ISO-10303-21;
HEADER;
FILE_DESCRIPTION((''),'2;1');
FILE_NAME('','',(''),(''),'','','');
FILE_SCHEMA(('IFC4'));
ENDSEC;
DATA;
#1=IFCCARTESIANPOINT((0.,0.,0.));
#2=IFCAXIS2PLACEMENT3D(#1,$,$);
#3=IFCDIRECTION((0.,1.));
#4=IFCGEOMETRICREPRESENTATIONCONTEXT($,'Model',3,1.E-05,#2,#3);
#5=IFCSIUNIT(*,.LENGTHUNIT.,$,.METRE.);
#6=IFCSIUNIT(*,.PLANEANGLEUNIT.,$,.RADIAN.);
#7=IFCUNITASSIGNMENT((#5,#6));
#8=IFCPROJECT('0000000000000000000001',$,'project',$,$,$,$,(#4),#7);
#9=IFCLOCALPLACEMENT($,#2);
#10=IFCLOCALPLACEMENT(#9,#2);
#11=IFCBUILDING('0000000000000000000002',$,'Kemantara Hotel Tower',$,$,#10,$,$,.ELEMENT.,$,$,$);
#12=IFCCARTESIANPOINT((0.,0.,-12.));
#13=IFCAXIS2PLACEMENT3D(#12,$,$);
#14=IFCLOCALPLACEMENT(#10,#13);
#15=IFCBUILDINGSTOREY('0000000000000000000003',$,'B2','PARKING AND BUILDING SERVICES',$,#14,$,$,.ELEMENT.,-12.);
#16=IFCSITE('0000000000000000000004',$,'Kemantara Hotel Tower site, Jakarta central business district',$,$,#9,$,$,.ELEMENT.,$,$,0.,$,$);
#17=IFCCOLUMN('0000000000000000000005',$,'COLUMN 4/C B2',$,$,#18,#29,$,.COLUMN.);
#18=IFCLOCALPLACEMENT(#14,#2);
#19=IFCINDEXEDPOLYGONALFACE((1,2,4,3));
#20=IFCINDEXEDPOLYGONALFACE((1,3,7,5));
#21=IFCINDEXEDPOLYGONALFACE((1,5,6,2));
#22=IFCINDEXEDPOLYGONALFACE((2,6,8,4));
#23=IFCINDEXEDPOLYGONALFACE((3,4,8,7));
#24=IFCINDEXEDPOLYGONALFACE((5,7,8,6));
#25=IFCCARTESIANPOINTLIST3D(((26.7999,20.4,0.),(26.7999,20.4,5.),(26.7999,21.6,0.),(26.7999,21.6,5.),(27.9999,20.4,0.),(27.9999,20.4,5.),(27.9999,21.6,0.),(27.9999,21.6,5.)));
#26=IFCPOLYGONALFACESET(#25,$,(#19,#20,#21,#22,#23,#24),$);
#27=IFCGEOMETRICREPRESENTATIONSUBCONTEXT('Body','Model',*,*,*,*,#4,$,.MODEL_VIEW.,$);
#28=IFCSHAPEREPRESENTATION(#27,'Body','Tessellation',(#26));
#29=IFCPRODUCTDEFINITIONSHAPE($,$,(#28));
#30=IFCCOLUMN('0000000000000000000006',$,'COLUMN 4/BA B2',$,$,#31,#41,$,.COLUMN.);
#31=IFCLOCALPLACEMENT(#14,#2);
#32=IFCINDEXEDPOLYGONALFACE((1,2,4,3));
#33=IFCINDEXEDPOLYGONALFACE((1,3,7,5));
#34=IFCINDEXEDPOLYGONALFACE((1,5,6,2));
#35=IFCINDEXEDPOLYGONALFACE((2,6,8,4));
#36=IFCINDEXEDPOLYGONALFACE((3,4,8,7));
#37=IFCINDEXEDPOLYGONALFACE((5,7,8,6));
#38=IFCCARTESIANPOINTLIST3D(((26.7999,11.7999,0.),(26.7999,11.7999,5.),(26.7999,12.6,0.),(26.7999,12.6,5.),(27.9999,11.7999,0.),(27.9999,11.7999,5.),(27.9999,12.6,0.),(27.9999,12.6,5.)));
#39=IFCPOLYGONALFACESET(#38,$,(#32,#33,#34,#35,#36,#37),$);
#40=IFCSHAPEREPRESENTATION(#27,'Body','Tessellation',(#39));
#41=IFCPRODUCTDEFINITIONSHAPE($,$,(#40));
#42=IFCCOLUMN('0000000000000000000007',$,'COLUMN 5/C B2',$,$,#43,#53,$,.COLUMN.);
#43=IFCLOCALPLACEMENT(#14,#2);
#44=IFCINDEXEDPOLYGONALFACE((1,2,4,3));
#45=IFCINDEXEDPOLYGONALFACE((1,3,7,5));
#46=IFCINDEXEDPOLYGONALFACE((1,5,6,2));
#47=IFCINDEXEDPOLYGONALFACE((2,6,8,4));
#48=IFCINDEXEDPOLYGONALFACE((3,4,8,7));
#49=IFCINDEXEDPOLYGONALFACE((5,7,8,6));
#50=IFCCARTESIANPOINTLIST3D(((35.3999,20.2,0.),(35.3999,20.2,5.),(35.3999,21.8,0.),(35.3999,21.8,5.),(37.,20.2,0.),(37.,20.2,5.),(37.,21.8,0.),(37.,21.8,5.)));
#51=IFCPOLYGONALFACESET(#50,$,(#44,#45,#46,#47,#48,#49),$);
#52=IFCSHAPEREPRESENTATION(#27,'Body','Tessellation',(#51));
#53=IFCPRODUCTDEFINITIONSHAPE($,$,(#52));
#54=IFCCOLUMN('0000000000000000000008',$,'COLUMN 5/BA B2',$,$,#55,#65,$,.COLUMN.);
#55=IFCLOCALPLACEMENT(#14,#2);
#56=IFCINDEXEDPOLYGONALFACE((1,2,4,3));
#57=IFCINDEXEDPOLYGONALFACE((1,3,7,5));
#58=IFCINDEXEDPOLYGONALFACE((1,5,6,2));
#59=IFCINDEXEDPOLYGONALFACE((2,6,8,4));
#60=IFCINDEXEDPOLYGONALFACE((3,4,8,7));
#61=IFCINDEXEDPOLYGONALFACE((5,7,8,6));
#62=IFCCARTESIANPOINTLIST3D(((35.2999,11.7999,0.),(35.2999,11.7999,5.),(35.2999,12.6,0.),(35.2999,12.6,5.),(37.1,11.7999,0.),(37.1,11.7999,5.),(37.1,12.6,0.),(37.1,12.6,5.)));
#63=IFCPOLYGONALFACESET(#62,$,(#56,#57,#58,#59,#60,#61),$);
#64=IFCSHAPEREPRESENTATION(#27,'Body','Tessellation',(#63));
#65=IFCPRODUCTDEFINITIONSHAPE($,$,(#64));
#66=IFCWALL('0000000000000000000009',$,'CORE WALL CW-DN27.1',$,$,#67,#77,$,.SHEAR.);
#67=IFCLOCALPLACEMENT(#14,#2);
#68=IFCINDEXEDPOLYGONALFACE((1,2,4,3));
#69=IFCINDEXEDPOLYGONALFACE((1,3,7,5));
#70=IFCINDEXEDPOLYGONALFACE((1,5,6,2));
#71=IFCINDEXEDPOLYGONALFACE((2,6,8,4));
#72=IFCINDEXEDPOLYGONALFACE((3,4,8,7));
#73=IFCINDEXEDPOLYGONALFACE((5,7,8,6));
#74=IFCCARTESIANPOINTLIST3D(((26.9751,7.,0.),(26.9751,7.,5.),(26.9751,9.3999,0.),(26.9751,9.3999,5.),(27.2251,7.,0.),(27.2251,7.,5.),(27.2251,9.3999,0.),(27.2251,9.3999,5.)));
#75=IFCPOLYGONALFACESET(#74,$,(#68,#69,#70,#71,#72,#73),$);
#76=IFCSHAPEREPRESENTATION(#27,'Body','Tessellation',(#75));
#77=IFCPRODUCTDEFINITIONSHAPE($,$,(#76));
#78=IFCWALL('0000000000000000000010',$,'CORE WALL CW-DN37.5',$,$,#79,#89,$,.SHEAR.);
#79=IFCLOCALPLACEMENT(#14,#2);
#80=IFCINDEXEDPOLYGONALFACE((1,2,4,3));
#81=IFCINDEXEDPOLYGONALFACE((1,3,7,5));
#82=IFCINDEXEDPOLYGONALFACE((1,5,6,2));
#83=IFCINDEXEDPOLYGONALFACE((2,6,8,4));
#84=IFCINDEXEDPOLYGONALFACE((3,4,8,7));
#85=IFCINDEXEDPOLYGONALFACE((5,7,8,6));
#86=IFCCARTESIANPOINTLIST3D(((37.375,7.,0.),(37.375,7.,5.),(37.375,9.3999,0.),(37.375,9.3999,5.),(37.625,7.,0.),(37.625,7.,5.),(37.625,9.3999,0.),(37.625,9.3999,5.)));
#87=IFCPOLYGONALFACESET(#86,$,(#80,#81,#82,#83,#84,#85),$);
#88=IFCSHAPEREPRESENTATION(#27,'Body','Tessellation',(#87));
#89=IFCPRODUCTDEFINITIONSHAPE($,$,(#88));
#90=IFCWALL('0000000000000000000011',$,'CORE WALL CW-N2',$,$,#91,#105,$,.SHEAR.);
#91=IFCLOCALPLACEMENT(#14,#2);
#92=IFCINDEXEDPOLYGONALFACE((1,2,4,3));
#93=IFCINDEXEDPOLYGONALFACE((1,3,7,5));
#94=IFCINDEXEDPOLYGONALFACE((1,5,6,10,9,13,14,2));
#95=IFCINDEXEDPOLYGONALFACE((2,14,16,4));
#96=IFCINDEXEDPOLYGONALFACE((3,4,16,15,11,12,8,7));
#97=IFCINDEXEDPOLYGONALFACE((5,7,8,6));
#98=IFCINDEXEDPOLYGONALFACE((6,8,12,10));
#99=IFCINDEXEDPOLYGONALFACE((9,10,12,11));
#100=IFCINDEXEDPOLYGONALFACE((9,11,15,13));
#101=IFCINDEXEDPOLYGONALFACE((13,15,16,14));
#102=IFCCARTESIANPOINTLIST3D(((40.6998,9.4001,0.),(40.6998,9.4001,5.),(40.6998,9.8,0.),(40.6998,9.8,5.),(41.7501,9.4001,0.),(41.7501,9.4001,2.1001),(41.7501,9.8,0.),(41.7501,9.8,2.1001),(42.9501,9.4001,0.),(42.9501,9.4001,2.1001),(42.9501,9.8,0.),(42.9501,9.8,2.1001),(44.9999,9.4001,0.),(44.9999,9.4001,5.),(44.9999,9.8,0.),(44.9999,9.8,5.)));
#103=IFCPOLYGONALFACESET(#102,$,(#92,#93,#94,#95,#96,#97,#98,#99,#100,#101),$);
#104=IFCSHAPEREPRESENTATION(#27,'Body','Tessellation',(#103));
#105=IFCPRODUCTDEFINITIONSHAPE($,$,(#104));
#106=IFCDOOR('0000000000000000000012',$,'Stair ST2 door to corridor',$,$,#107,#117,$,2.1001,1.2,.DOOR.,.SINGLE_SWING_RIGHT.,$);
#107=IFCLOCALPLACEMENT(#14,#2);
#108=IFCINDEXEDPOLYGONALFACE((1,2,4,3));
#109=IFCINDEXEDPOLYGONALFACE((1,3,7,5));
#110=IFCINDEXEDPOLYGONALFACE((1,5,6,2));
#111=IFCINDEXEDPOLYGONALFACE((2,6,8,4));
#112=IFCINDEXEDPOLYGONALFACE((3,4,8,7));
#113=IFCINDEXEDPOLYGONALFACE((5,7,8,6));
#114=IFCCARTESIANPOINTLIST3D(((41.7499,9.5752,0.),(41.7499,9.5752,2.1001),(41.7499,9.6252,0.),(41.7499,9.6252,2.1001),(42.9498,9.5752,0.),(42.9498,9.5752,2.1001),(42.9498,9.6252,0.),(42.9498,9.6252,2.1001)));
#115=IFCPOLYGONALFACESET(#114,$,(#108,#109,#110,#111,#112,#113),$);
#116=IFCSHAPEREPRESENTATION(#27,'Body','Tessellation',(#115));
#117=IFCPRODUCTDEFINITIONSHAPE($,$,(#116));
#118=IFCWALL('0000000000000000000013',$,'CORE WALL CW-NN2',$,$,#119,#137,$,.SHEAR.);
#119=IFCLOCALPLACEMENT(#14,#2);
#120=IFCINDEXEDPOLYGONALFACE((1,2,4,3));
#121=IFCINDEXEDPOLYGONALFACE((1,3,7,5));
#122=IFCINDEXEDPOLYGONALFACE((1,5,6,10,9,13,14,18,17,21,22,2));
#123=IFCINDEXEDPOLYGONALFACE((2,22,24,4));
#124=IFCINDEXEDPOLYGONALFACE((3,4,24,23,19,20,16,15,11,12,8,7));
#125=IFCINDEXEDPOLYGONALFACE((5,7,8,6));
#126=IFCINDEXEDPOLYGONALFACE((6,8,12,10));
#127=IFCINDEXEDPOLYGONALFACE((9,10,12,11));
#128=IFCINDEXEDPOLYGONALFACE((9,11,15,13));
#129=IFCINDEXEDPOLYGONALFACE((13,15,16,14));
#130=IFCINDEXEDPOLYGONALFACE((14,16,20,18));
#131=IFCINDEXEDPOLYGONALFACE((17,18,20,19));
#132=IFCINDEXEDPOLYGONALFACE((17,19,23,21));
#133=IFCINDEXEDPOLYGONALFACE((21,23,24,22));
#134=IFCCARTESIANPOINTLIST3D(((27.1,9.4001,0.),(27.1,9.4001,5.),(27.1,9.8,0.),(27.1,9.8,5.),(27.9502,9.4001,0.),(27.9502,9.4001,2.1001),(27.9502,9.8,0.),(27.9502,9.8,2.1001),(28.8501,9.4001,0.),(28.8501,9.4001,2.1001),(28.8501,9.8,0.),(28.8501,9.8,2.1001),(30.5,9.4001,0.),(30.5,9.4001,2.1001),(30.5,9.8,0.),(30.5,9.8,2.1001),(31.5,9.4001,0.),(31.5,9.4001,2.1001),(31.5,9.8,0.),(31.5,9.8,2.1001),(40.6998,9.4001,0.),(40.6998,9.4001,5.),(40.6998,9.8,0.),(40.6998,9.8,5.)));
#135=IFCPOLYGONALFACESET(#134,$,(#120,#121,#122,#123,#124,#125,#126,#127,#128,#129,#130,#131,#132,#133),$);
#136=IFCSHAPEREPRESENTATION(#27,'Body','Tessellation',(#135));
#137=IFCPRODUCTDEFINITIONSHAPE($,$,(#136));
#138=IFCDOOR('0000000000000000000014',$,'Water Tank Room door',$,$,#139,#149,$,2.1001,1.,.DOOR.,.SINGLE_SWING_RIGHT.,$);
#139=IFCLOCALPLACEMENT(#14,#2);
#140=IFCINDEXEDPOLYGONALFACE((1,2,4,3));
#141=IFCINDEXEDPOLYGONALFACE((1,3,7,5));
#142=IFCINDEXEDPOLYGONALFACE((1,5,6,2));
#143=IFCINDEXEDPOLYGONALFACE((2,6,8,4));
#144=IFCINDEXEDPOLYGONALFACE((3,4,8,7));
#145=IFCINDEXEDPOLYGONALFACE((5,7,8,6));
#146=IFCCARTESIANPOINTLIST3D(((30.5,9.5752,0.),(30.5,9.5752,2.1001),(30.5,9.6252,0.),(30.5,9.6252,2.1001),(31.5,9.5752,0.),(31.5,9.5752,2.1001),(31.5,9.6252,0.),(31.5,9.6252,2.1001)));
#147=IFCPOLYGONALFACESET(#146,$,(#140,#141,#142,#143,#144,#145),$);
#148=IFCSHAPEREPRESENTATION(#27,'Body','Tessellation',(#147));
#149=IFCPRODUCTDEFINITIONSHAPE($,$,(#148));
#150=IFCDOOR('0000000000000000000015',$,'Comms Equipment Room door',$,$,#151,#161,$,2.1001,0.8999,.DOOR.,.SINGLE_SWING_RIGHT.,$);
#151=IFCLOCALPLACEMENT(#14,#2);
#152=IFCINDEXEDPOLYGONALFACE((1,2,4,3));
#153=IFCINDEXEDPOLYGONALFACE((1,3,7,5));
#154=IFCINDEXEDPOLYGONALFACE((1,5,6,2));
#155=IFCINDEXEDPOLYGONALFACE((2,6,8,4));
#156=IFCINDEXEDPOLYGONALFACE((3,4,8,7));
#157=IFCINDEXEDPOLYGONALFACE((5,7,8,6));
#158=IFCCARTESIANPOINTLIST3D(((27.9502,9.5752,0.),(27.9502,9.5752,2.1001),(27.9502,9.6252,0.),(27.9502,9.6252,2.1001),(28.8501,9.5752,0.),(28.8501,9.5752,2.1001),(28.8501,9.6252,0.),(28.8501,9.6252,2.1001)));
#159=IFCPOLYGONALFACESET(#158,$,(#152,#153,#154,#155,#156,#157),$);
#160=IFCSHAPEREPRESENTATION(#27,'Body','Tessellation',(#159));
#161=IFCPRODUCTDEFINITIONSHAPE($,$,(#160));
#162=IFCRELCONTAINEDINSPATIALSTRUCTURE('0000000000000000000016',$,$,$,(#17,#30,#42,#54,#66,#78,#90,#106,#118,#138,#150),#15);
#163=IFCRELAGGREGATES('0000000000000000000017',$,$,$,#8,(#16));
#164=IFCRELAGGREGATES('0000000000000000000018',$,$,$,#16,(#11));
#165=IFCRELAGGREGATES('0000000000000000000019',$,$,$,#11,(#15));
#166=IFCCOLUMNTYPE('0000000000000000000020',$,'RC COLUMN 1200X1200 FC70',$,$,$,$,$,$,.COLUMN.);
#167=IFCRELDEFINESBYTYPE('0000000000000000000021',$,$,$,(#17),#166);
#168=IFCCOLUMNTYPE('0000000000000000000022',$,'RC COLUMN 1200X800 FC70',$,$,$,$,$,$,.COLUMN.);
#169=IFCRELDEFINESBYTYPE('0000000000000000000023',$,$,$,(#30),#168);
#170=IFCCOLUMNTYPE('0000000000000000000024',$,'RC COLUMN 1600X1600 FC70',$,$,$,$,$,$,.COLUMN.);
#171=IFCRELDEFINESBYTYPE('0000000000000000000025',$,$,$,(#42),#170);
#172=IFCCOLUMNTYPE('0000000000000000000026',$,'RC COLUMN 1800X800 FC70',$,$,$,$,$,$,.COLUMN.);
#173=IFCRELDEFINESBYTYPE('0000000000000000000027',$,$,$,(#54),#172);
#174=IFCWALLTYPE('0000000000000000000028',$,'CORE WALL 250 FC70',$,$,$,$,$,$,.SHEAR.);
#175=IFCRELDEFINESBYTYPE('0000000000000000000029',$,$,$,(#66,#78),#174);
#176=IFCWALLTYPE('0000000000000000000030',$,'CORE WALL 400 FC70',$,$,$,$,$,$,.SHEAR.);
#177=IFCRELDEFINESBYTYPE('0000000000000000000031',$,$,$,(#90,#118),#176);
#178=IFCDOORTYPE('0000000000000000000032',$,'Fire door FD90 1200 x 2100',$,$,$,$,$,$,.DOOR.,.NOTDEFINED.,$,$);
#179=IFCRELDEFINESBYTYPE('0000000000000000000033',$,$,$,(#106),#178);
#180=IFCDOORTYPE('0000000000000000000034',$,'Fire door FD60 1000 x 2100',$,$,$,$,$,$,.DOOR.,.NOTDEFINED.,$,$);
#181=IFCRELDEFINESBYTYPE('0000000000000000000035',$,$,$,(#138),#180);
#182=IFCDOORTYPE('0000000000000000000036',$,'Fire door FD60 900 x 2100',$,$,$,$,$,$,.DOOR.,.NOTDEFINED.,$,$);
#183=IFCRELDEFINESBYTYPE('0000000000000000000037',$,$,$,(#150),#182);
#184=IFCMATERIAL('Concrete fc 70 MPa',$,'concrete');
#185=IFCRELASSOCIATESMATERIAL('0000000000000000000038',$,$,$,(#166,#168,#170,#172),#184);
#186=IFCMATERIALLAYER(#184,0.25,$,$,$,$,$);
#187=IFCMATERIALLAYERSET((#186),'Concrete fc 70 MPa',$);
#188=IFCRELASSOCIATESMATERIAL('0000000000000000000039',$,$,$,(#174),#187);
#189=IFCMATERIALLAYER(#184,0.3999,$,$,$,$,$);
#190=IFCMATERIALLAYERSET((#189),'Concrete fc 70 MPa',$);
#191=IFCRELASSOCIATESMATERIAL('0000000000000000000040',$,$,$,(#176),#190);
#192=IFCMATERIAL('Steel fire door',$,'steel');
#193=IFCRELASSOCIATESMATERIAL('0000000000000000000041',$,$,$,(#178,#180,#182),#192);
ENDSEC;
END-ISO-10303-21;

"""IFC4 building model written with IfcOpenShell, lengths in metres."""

from ifc_helpers import new_model, si_unit, direction, frame, frame_2d, origin, origin_2d, place, context, subcontext, project, spatial, rectangle, extrude, material, layer, layer_set, material_profile, profile_set, type_object, element, fill, save


model = new_model("IFC4")

# Units and contexts
model_context = context("Model", 3, precision=1e-05, world=origin(), true_north=direction((0.0, 1.0)))
body_context = subcontext(model_context, "Body", "Model", "MODEL_VIEW")
ifc_project = project(units=[si_unit("LENGTHUNIT", "METRE"), si_unit("PLANEANGLEUNIT", "RADIAN")], contexts=[model_context])

# Site, building, storey
site_placement = place(None, origin())
site = spatial("IfcSite", under=ifc_project, at=site_placement, Name="Kemantara Hotel Tower site, Jakarta central business district", CompositionType="ELEMENT", RefElevation=0.0)
building_placement = place(site_placement, origin())
building = spatial("IfcBuilding", under=site, at=building_placement, Name="Kemantara Hotel Tower", CompositionType="ELEMENT")
storey_placement = place(building_placement, frame((0.0, 0.0, -12.0)))
storey = spatial("IfcBuildingStorey", under=building, at=storey_placement, Name="B2", Description="PARKING AND BUILDING SERVICES", CompositionType="ELEMENT", Elevation=-12.0)

# Columns
ifc_material_1 = material(Name="Concrete fc 70 MPa", Category="concrete")
ifc_material_profile_1 = material_profile(ifc_material_1, rectangle(XDim=1.2, YDim=1.2, at=origin_2d()), Name="RC 1200X1200")
ifc_profile_set_1 = profile_set([ifc_material_profile_1], Name="Concrete fc 70 MPa")
column_type_1 = type_object("IfcColumnType", Name="RC COLUMN 1200X1200 FC70", PredefinedType="COLUMN", material=ifc_profile_set_1)
column_1_placement = place(storey_placement, frame((27.3999, 21.0, 0.0), z_axis=(0.0, 0.0, 1.0), x_axis=(1.0, 0.0, 0.0)))
element("IfcColumn", 1, at=column_1_placement, inside=storey, type_object=column_type_1, Name="COLUMN 4/C B2", PredefinedType="COLUMN", context=body_context, shape_type="SweptSolid", body=[
    extrude(rectangle(XDim=1.2, YDim=1.2, at=origin_2d()), origin(), (0.0, 0.0, 1.0), 5.0),
])
ifc_material_profile_2 = material_profile(ifc_material_1, rectangle(XDim=1.2, YDim=0.8, at=origin_2d()), Name="RC 1200X800")
ifc_profile_set_2 = profile_set([ifc_material_profile_2], Name="Concrete fc 70 MPa")
column_type_2 = type_object("IfcColumnType", Name="RC COLUMN 1200X800 FC70", PredefinedType="COLUMN", material=ifc_profile_set_2)
column_2_placement = place(storey_placement, frame((27.3999, 12.2, 0.0), z_axis=(0.0, 0.0, 1.0), x_axis=(1.0, 0.0, 0.0)))
element("IfcColumn", 2, at=column_2_placement, inside=storey, type_object=column_type_2, Name="COLUMN 4/BA B2", PredefinedType="COLUMN", context=body_context, shape_type="SweptSolid", body=[
    extrude(rectangle(XDim=1.2, YDim=0.8, at=origin_2d()), origin(), (0.0, 0.0, 1.0), 5.0),
])
ifc_material_profile_3 = material_profile(ifc_material_1, rectangle(XDim=1.6001, YDim=1.6001, at=origin_2d()), Name="RC 1600X1600")
ifc_profile_set_3 = profile_set([ifc_material_profile_3], Name="Concrete fc 70 MPa")
column_type_3 = type_object("IfcColumnType", Name="RC COLUMN 1600X1600 FC70", PredefinedType="COLUMN", material=ifc_profile_set_3)
column_3_placement = place(storey_placement, frame((36.2, 21.0, 0.0), z_axis=(0.0, 0.0, 1.0), x_axis=(1.0, 0.0, 0.0)))
element("IfcColumn", 3, at=column_3_placement, inside=storey, type_object=column_type_3, Name="COLUMN 5/C B2", PredefinedType="COLUMN", context=body_context, shape_type="SweptSolid", body=[
    extrude(rectangle(XDim=1.6001, YDim=1.6001, at=origin_2d()), origin(), (0.0, 0.0, 1.0), 5.0),
])
ifc_material_profile_4 = material_profile(ifc_material_1, rectangle(XDim=1.8, YDim=0.8, at=origin_2d()), Name="RC 1800X800")
ifc_profile_set_4 = profile_set([ifc_material_profile_4], Name="Concrete fc 70 MPa")
column_type_4 = type_object("IfcColumnType", Name="RC COLUMN 1800X800 FC70", PredefinedType="COLUMN", material=ifc_profile_set_4)
column_4_placement = place(storey_placement, frame((36.2, 12.2, 0.0), z_axis=(0.0, 0.0, 1.0), x_axis=(1.0, 0.0, 0.0)))
element("IfcColumn", 4, at=column_4_placement, inside=storey, type_object=column_type_4, Name="COLUMN 5/BA B2", PredefinedType="COLUMN", context=body_context, shape_type="SweptSolid", body=[
    extrude(rectangle(XDim=1.8, YDim=0.8, at=origin_2d()), origin(), (0.0, 0.0, 1.0), 5.0),
])

# Walls
ifc_layer_1 = layer(ifc_material_1, 0.25)
ifc_layer_set_1 = layer_set([ifc_layer_1], Name="Concrete fc 70 MPa")
wall_type_1 = type_object("IfcWallType", Name="CORE WALL 250 FC70", PredefinedType="SHEAR", material=ifc_layer_set_1)
for number, where, z_axis, x_axis, name in (
    (5, (27.1001, 7.0, 0.0), (0.0, 0.0, 1.0), (0.0, 1.0, 0.0), "CORE WALL CW-DN27.1"),
    (6, (37.5, 7.0, 0.0), (0.0, 0.0, 1.0), (0.0, 1.0, 0.0), "CORE WALL CW-DN37.5"),
):
    element("IfcWall", number, at=place(storey_placement, frame(where, z_axis=z_axis, x_axis=x_axis)), inside=storey, type_object=wall_type_1, Name=name, PredefinedType="SHEAR", context=body_context, shape_type="SweptSolid", body=[
        extrude(rectangle(XDim=2.3999, YDim=0.25, at=frame_2d((1.2, 0.0))), origin(), (0.0, 0.0, 1.0), 5.0),
    ])

# Wall, opening, door
ifc_layer_2 = layer(ifc_material_1, 0.3999)
ifc_layer_set_2 = layer_set([ifc_layer_2], Name="Concrete fc 70 MPa")
wall_type_2 = type_object("IfcWallType", Name="CORE WALL 400 FC70", PredefinedType="SHEAR", material=ifc_layer_set_2)
wall_1_placement = place(storey_placement, frame((40.7, 9.6001, 0.0), z_axis=(0.0, 0.0, 1.0), x_axis=(1.0, 0.0, 0.0)))
wall_1 = element("IfcWall", 7, at=wall_1_placement, inside=storey, type_object=wall_type_2, Name="CORE WALL CW-N2", PredefinedType="SHEAR", context=body_context, shape_type="SweptSolid", body=[
    extrude(rectangle(XDim=4.3, YDim=0.3999, at=frame_2d((2.1499, 0.0))), origin(), (0.0, 0.0, 1.0), 5.0),
])
opening_1_placement = place(wall_1_placement, frame((1.05, 0.0, 0.0)))
opening_1 = element("IfcOpeningElement", 8, at=opening_1_placement, cuts=wall_1, PredefinedType="OPENING", context=body_context, shape_type="SweptSolid", body=[
    extrude(rectangle(XDim=1.2, YDim=2.1001, at=frame_2d((0.6001, 1.05))), frame((0.0, 0.21, 0.0), z_axis=(0.0, -1.0, 0.0), x_axis=(1.0, 0.0, 0.0)), (0.0, 0.0, 1.0), 0.4199),
])
ifc_material_2 = material(Name="Steel fire door", Category="steel")
door_type_1 = type_object("IfcDoorType", Name="Fire door FD90 1200 x 2100", OperationType="NOTDEFINED", PredefinedType="DOOR", material=ifc_material_2)
door_1_placement = place(opening_1_placement, frame((1.2, 0.0, 0.0), z_axis=(0.0, 0.0, 1.0), x_axis=(-1.0, 0.0, 0.0)))
door_1 = element("IfcDoor", 9, at=door_1_placement, inside=storey, type_object=door_type_1, Name="Stair ST2 door to corridor", OperationType="SINGLE_SWING_RIGHT", OverallHeight=2.1001, OverallWidth=1.2, PredefinedType="DOOR", context=body_context, shape_type="SweptSolid", body=[
    extrude(rectangle(XDim=1.2, YDim=2.1001, at=frame_2d((0.6001, 1.05))), frame((0.0, 0.0249, 0.0), z_axis=(0.0, -1.0, 0.0), x_axis=(1.0, 0.0, 0.0)), (0.0, 0.0, 1.0), 0.05),
])
fill(opening_1, door_1)

# Wall, openings, doors
wall_2_placement = place(storey_placement, frame((27.1001, 9.6001, 0.0), z_axis=(0.0, 0.0, 1.0), x_axis=(1.0, 0.0, 0.0)))
wall_2 = element("IfcWall", 10, at=wall_2_placement, inside=storey, type_object=wall_type_2, Name="CORE WALL CW-NN2", PredefinedType="SHEAR", context=body_context, shape_type="SweptSolid", body=[
    extrude(rectangle(XDim=13.5999, YDim=0.3999, at=frame_2d((6.7998, 0.0))), origin(), (0.0, 0.0, 1.0), 5.0),
])
opening_2_placement = place(wall_2_placement, frame((0.8501, 0.0, 0.0)))
opening_2 = element("IfcOpeningElement", 11, at=opening_2_placement, cuts=wall_2, PredefinedType="OPENING", context=body_context, shape_type="SweptSolid", body=[
    extrude(rectangle(XDim=0.8999, YDim=2.1001, at=frame_2d((0.45, 1.05))), frame((0.0, 0.21, 0.0), z_axis=(0.0, -1.0, 0.0), x_axis=(1.0, 0.0, 0.0)), (0.0, 0.0, 1.0), 0.4199),
])
opening_3_placement = place(wall_2_placement, frame((3.3999, 0.0, 0.0)))
opening_3 = element("IfcOpeningElement", 12, at=opening_3_placement, cuts=wall_2, PredefinedType="OPENING", context=body_context, shape_type="SweptSolid", body=[
    extrude(rectangle(XDim=1.0, YDim=2.1001, at=frame_2d((0.5, 1.05))), frame((0.0, 0.21, 0.0), z_axis=(0.0, -1.0, 0.0), x_axis=(1.0, 0.0, 0.0)), (0.0, 0.0, 1.0), 0.4199),
])
door_type_2 = type_object("IfcDoorType", Name="Fire door FD60 1000 x 2100", OperationType="NOTDEFINED", PredefinedType="DOOR", material=ifc_material_2)
door_2_placement = place(opening_3_placement, frame((1.0, 0.0, 0.0), z_axis=(0.0, 0.0, 1.0), x_axis=(-1.0, 0.0, 0.0)))
door_2 = element("IfcDoor", 13, at=door_2_placement, inside=storey, type_object=door_type_2, Name="Water Tank Room door", OperationType="SINGLE_SWING_RIGHT", OverallHeight=2.1001, OverallWidth=1.0, PredefinedType="DOOR", context=body_context, shape_type="SweptSolid", body=[
    extrude(rectangle(XDim=1.0, YDim=2.1001, at=frame_2d((0.5, 1.05))), frame((0.0, 0.0249, 0.0), z_axis=(0.0, -1.0, 0.0), x_axis=(1.0, 0.0, 0.0)), (0.0, 0.0, 1.0), 0.05),
])
fill(opening_3, door_2)
door_type_3 = type_object("IfcDoorType", Name="Fire door FD60 900 x 2100", OperationType="NOTDEFINED", PredefinedType="DOOR", material=ifc_material_2)
door_3_placement = place(opening_2_placement, frame((0.8999, 0.0, 0.0), z_axis=(0.0, 0.0, 1.0), x_axis=(-1.0, 0.0, 0.0)))
door_3 = element("IfcDoor", 14, at=door_3_placement, inside=storey, type_object=door_type_3, Name="Comms Equipment Room door", OperationType="SINGLE_SWING_RIGHT", OverallHeight=2.1001, OverallWidth=0.8999, PredefinedType="DOOR", context=body_context, shape_type="SweptSolid", body=[
    extrude(rectangle(XDim=0.8999, YDim=2.1001, at=frame_2d((0.45, 1.05))), frame((0.0, 0.0249, 0.0), z_axis=(0.0, -1.0, 0.0), x_axis=(1.0, 0.0, 0.0)), (0.0, 0.0, 1.0), 0.05),
])
fill(opening_2, door_3)

save(model, "model.ifc")
